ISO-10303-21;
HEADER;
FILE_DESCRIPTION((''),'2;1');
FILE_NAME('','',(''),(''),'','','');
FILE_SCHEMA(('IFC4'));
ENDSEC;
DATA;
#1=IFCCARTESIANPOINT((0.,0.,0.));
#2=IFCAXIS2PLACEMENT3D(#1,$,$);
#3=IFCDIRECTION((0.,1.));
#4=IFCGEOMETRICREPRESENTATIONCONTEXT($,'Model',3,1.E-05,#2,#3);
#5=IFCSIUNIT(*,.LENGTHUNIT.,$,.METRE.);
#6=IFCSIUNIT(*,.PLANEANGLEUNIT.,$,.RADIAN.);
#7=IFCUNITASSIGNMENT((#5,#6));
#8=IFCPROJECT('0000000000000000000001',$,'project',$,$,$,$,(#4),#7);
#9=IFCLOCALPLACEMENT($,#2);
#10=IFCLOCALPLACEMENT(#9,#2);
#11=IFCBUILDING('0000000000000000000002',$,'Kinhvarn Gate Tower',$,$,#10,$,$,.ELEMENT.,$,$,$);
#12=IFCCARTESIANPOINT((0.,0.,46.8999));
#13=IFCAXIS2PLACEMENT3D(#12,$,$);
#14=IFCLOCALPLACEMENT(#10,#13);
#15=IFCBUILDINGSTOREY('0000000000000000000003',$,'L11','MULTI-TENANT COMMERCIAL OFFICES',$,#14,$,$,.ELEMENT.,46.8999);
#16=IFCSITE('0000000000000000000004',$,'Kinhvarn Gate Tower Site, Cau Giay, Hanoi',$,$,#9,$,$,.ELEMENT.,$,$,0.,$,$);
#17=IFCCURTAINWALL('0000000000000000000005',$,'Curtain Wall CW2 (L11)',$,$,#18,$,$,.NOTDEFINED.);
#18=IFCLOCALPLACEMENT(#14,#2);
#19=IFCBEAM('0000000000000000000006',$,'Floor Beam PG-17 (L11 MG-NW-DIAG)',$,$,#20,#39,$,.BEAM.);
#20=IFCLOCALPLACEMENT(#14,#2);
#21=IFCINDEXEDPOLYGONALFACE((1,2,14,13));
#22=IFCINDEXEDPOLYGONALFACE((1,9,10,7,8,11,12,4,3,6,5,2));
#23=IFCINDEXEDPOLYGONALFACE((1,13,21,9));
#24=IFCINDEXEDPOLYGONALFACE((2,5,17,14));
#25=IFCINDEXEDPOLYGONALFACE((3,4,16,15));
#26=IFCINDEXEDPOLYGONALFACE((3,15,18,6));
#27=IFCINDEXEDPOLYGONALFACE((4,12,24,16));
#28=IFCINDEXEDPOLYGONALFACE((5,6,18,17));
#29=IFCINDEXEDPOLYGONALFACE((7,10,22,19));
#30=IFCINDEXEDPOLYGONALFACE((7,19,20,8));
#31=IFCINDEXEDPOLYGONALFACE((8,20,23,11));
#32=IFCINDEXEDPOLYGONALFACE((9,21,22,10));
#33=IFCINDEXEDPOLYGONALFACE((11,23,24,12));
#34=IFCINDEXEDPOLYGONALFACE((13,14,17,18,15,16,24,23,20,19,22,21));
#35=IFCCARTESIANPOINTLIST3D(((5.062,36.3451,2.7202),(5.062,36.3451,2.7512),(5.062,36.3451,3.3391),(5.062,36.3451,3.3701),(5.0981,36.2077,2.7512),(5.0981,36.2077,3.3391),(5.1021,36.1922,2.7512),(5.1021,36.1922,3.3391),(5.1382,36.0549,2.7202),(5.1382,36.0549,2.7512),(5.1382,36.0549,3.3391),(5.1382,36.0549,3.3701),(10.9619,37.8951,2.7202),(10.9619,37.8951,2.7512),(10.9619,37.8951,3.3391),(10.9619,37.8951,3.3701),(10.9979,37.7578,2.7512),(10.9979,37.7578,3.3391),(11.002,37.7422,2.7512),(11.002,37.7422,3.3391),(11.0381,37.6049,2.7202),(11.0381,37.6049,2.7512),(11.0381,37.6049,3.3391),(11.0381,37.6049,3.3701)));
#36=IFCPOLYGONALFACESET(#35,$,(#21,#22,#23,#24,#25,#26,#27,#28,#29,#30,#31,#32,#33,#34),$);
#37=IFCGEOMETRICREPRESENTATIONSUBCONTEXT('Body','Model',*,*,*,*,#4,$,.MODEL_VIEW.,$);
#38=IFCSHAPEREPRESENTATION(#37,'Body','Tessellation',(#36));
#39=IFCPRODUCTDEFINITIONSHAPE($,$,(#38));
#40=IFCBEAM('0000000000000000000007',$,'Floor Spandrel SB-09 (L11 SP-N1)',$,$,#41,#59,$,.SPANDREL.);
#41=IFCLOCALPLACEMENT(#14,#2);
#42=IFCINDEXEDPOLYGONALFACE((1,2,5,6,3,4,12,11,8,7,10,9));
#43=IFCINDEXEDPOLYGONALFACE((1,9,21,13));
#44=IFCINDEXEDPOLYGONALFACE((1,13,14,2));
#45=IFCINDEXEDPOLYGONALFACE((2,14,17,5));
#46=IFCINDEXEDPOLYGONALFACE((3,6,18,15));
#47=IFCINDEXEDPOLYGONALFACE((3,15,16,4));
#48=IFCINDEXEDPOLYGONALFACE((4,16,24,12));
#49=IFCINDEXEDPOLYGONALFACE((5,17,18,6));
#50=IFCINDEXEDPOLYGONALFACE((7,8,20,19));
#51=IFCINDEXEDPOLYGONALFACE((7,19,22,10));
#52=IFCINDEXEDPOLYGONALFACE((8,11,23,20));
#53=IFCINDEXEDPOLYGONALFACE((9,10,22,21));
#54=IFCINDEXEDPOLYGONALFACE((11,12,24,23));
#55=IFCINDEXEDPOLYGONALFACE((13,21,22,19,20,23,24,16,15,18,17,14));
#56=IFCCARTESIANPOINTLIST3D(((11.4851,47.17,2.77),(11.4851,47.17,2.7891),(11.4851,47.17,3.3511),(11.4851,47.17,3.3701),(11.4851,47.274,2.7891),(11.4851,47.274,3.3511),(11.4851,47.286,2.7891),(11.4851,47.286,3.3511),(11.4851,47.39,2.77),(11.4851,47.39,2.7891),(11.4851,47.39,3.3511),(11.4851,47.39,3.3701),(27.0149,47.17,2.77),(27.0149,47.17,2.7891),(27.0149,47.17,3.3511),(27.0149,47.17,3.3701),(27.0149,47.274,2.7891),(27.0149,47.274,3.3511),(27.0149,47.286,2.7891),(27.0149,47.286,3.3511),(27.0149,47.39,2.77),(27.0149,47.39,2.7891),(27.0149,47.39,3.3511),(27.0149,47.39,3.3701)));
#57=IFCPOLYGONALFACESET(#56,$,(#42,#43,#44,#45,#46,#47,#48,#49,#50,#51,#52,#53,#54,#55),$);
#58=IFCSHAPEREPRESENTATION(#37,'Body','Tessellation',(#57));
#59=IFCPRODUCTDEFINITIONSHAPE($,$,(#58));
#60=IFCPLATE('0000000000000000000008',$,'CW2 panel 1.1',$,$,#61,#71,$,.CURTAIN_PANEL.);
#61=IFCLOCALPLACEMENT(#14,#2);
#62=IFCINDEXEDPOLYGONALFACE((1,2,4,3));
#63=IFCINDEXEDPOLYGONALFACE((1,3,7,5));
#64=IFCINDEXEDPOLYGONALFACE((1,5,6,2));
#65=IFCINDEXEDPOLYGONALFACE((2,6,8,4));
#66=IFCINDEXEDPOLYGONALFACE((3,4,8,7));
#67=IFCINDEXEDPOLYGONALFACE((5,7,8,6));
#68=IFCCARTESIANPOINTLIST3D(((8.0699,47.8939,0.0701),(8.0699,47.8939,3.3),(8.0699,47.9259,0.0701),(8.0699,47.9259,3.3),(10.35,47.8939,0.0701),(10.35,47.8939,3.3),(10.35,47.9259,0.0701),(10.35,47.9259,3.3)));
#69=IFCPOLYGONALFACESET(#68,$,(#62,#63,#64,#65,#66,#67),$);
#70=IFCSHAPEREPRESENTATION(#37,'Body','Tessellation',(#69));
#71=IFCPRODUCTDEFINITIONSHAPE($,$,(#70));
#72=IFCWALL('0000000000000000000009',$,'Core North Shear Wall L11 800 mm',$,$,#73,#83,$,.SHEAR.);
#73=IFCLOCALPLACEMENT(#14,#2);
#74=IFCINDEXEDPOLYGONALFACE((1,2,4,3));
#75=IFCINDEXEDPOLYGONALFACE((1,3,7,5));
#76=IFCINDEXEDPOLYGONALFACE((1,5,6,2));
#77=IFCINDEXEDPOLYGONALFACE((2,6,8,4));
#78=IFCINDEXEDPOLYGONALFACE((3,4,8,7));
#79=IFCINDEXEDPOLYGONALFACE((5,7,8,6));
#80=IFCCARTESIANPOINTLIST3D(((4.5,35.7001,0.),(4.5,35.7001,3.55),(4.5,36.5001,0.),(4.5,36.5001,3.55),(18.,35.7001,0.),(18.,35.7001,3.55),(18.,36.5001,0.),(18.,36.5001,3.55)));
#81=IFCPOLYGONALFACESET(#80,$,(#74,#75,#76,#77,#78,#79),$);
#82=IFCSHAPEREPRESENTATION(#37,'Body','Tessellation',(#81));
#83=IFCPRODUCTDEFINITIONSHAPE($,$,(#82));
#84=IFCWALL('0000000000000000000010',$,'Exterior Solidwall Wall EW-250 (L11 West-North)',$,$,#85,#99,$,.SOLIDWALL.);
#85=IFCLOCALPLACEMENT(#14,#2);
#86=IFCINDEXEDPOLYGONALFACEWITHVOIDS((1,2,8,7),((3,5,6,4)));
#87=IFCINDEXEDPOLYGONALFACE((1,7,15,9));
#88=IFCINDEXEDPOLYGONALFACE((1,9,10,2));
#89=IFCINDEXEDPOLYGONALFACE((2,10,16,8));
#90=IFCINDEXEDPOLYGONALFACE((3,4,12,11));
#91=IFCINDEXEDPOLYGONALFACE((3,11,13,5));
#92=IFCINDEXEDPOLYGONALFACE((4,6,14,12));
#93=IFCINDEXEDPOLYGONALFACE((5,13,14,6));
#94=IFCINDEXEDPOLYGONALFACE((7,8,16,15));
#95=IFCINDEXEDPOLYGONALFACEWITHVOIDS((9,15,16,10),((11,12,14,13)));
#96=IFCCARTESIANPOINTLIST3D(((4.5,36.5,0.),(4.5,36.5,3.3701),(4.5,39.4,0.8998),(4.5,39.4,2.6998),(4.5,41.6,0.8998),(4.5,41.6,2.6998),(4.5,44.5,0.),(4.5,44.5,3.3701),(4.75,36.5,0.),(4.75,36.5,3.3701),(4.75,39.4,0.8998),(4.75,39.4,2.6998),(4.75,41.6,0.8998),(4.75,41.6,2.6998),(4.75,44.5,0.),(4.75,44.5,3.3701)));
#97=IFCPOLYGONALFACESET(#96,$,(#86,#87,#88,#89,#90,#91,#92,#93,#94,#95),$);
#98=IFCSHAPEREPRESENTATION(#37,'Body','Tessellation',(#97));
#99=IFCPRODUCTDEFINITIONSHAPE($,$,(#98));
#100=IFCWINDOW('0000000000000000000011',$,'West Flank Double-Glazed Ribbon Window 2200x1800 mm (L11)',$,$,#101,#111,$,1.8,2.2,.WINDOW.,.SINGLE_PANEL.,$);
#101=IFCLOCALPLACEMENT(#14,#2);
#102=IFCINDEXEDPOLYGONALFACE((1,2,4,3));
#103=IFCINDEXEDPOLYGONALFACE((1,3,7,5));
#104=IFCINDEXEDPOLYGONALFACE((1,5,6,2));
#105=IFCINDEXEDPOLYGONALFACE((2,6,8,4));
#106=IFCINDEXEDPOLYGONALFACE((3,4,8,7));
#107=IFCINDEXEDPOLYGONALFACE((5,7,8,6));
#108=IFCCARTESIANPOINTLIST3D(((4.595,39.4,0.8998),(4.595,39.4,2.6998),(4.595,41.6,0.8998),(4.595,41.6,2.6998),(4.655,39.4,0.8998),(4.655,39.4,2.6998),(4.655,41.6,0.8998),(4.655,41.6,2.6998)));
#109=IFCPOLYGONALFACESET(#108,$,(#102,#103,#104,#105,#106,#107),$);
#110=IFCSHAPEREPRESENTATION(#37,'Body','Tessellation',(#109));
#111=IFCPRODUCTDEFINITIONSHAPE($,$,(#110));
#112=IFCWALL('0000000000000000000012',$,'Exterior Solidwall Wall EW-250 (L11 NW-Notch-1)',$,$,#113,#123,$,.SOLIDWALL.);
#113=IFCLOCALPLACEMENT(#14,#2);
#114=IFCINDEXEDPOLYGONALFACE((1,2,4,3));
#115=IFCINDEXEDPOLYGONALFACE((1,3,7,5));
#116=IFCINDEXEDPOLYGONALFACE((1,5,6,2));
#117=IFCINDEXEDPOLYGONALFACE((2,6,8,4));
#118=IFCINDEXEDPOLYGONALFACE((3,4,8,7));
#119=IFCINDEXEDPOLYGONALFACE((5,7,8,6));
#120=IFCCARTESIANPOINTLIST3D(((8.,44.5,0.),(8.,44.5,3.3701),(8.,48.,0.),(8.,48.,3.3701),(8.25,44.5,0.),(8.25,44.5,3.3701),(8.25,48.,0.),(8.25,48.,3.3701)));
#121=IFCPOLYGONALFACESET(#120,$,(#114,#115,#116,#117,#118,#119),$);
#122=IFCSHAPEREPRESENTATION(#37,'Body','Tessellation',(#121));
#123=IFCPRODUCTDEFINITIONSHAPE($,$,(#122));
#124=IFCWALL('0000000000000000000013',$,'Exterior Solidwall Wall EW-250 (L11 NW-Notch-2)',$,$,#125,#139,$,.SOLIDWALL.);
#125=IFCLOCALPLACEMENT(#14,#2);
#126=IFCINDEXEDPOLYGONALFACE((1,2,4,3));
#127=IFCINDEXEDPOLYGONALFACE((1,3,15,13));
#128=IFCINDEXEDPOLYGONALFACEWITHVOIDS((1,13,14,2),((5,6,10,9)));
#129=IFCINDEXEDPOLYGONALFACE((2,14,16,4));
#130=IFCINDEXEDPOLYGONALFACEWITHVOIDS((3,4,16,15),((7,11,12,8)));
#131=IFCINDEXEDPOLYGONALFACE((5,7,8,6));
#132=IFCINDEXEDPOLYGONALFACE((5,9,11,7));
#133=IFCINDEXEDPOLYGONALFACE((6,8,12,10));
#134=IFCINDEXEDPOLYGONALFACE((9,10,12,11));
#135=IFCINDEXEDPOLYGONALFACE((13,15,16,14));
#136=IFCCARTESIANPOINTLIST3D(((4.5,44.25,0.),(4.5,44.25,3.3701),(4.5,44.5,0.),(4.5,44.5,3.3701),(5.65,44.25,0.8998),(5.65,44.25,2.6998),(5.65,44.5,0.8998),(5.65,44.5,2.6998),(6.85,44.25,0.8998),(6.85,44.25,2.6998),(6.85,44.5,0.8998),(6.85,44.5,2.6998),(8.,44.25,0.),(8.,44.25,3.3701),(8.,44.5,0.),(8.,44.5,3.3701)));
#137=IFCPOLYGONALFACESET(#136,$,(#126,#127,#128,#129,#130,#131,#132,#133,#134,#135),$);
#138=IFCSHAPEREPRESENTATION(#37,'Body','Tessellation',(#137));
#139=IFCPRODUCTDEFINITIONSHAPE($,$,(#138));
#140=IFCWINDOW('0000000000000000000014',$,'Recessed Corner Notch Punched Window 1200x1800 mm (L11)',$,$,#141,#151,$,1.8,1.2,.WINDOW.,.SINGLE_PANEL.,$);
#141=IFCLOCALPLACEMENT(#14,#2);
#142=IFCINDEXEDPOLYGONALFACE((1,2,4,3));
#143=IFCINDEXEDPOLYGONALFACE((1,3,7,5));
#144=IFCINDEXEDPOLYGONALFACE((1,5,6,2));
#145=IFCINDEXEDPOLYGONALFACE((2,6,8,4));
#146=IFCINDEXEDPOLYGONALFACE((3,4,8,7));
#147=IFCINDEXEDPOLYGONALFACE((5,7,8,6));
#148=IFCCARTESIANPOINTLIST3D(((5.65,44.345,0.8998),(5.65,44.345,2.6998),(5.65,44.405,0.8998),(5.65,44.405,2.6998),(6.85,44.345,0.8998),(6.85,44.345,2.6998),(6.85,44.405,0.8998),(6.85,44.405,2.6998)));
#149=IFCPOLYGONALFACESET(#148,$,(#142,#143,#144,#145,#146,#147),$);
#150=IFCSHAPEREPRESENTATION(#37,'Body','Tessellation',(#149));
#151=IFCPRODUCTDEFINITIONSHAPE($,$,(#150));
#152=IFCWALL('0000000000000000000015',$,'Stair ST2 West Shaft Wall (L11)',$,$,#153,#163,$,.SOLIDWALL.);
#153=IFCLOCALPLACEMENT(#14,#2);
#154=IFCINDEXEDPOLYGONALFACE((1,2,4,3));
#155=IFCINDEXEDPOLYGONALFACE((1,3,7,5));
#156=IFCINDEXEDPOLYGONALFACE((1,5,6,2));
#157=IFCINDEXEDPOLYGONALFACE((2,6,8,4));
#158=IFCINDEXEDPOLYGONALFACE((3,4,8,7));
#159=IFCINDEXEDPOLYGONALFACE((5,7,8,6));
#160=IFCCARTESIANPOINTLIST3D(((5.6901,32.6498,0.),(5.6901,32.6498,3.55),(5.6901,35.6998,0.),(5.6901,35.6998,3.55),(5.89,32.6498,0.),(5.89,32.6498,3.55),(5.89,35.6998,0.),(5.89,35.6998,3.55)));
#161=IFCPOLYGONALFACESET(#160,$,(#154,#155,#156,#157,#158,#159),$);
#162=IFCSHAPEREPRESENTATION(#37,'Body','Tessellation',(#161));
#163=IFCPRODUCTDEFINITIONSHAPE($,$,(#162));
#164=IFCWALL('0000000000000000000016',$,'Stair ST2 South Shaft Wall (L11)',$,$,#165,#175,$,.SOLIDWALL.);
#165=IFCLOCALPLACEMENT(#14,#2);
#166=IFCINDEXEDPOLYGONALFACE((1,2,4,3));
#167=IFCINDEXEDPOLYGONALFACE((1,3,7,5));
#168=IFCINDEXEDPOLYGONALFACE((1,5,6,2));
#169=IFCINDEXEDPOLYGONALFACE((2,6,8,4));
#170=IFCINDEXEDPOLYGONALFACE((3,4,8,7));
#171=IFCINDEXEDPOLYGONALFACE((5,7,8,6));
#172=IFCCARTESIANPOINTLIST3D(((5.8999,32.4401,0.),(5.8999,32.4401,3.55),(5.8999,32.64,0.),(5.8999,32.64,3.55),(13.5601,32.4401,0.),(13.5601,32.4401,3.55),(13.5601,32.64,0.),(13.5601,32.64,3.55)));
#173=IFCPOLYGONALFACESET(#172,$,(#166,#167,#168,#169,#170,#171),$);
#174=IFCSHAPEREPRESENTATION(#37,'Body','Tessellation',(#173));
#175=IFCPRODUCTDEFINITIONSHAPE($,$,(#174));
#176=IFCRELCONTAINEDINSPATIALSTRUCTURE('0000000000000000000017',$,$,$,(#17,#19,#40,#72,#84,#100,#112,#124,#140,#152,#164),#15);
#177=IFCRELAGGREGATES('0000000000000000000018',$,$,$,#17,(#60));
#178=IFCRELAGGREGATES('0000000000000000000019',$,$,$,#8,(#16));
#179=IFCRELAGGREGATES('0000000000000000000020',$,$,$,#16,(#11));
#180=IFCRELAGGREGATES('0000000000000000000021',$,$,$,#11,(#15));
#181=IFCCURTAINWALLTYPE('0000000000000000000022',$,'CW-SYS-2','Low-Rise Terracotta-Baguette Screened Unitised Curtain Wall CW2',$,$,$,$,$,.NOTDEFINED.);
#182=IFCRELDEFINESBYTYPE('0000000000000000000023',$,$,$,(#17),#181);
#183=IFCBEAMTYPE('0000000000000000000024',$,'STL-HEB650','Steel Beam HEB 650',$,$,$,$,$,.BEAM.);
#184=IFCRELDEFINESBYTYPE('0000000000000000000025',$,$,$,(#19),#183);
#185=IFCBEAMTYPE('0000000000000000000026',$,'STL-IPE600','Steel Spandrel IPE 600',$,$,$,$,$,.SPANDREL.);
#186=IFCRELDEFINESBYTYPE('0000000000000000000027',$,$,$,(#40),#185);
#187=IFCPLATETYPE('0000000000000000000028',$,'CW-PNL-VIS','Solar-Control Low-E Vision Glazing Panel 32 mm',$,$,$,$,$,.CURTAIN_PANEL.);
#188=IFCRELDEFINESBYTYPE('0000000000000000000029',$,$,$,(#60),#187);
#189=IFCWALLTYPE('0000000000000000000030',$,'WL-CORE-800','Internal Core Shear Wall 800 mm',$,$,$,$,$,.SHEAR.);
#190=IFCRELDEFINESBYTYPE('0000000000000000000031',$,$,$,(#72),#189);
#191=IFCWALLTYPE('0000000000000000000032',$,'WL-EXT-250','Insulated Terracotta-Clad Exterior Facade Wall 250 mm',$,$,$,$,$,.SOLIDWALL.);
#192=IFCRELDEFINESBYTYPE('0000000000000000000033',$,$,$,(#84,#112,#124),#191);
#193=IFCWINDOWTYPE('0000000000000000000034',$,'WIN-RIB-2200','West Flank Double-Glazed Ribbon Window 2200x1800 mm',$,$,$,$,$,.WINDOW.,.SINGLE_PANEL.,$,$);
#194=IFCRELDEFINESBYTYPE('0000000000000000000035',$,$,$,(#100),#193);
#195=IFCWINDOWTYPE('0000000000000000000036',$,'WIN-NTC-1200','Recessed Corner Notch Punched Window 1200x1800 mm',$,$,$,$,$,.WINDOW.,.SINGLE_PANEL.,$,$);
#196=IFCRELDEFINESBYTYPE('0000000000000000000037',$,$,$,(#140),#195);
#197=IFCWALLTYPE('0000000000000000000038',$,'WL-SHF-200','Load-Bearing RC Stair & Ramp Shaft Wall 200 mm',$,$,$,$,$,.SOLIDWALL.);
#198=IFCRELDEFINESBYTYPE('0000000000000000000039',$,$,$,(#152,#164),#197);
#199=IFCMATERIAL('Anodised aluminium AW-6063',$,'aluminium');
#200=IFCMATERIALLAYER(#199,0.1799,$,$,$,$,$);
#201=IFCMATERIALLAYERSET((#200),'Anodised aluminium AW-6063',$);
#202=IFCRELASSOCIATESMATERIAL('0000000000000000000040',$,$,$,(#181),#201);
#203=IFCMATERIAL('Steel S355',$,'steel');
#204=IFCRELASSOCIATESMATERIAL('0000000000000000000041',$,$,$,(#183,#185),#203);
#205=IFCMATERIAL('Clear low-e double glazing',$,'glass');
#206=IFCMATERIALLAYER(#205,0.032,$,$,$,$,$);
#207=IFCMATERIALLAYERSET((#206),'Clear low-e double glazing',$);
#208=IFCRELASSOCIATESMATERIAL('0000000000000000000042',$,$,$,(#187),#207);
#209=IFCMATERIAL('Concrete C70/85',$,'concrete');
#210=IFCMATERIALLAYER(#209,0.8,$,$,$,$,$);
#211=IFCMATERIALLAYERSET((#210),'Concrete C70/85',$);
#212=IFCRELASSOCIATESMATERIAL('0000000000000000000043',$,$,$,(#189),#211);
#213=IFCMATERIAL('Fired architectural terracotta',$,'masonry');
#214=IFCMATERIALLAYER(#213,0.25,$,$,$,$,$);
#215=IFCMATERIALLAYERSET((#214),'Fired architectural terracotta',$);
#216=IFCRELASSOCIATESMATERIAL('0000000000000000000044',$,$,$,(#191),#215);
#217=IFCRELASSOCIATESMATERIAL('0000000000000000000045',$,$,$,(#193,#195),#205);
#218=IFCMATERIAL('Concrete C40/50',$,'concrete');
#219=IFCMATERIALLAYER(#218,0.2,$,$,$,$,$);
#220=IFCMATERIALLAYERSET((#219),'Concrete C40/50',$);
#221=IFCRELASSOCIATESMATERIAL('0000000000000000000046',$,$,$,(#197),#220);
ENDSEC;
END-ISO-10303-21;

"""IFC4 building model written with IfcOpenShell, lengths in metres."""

from ifc_helpers import new_model, si_unit, direction, frame, frame_2d, origin, origin_2d, place, context, subcontext, project, spatial, rectangle, i_section, extrude, material, layer, layer_set, material_profile, profile_set, type_object, element, fill, aggregate, save


model = new_model("IFC4")

# Units and contexts
model_context = context("Model", 3, precision=1e-05, world=origin(), true_north=direction((0.0, 1.0)))
body_context = subcontext(model_context, "Body", "Model", "MODEL_VIEW")
ifc_project = project(units=[si_unit("LENGTHUNIT", "METRE"), si_unit("PLANEANGLEUNIT", "RADIAN")], contexts=[model_context])

# Site, building, storey
site_placement = place(None, origin())
site = spatial("IfcSite", under=ifc_project, at=site_placement, Name="Kinhvarn Gate Tower Site, Cau Giay, Hanoi", CompositionType="ELEMENT", RefElevation=0.0)
building_placement = place(site_placement, origin())
building = spatial("IfcBuilding", under=site, at=building_placement, Name="Kinhvarn Gate Tower", CompositionType="ELEMENT")
storey_placement = place(building_placement, frame((0.0, 0.0, 46.8999)))
storey = spatial("IfcBuildingStorey", under=building, at=storey_placement, Name="L11", Description="MULTI-TENANT COMMERCIAL OFFICES", CompositionType="ELEMENT", Elevation=46.8999)

# Shared definitions
ifc_material_1 = material(Name="Concrete C70/85", Category="concrete")

# Shared definitions
ifc_material_2 = material(Name="Anodised aluminium AW-6063", Category="aluminium")
ifc_layer_1 = layer(ifc_material_2, 0.1799)
ifc_layer_set_1 = layer_set([ifc_layer_1], Name="Anodised aluminium AW-6063")
curtain_wall_type = type_object("IfcCurtainWallType", Name="CW-SYS-2", Description="Low-Rise Terracotta-Baguette Screened Unitised Curtain Wall CW2", PredefinedType="NOTDEFINED", material=ifc_layer_set_1)

# Curtain wall
curtain_wall_1_placement = place(storey_placement, origin())
curtain_wall_1 = element("IfcCurtainWall", 1, at=curtain_wall_1_placement, inside=storey, type_object=curtain_wall_type, Name="Curtain Wall CW2 (L11)", PredefinedType="NOTDEFINED")

# Beams
ifc_material_3 = material(Name="Steel S355", Category="steel")
ifc_material_profile_1 = material_profile(ifc_material_3, i_section(OverallWidth=0.3, OverallDepth=0.6499, WebThickness=0.0161, FlangeThickness=0.031, at=origin_2d()), Name="HEB 650")
ifc_profile_set_1 = profile_set([ifc_material_profile_1], Name="Steel S355")
beam_type_1 = type_object("IfcBeamType", Name="STL-HEB650", Description="Steel Beam HEB 650", PredefinedType="BEAM", material=ifc_profile_set_1)
beam_1_placement = place(storey_placement, frame((5.1001, 36.2, 3.0452), z_axis=(0.967178, 0.254101, 0.0), x_axis=(-0.254101, 0.967178, 0.0)))
element("IfcBeam", 2, at=beam_1_placement, inside=storey, type_object=beam_type_1, Name="Floor Beam PG-17 (L11 MG-NW-DIAG)", PredefinedType="BEAM", context=body_context, shape_type="SweptSolid", body=[
    extrude(i_section(OverallWidth=0.3, OverallDepth=0.6499, WebThickness=0.0161, FlangeThickness=0.031, at=origin_2d()), origin(), (0.0, 0.0, 1.0), 6.1001),
])
ifc_material_profile_2 = material_profile(ifc_material_3, i_section(OverallWidth=0.22, OverallDepth=0.6001, WebThickness=0.012, FlangeThickness=0.019, at=origin_2d()), Name="IPE 600")
ifc_profile_set_2 = profile_set([ifc_material_profile_2], Name="Steel S355")
beam_type_2 = type_object("IfcBeamType", Name="STL-IPE600", Description="Steel Spandrel IPE 600", PredefinedType="SPANDREL", material=ifc_profile_set_2)
beam_2_placement = place(storey_placement, frame((11.4851, 47.28, 3.0701), z_axis=(1.0, 0.0, 0.0), x_axis=(0.0, 1.0, 0.0)))
element("IfcBeam", 3, at=beam_2_placement, inside=storey, type_object=beam_type_2, Name="Floor Spandrel SB-09 (L11 SP-N1)", PredefinedType="SPANDREL", context=body_context, shape_type="SweptSolid", body=[
    extrude(i_section(OverallWidth=0.22, OverallDepth=0.6001, WebThickness=0.012, FlangeThickness=0.019, at=origin_2d()), origin(), (0.0, 0.0, 1.0), 15.5298),
])

# Plate
ifc_material_4 = material(Name="Clear low-e double glazing", Category="glass")
ifc_layer_2 = layer(ifc_material_4, 0.032)
ifc_layer_set_2 = layer_set([ifc_layer_2], Name="Clear low-e double glazing")
plate_type = type_object("IfcPlateType", Name="CW-PNL-VIS", Description="Solar-Control Low-E Vision Glazing Panel 32 mm", PredefinedType="CURTAIN_PANEL", material=ifc_layer_set_2)
plate_placement = place(storey_placement, frame((9.21, 47.9099, 0.0701), z_axis=(0.0, 0.0, 1.0), x_axis=(-1.0, 0.0, 0.0)))
plate = element("IfcPlate", 4, at=plate_placement, type_object=plate_type, Name="CW2 panel 1.1", PredefinedType="CURTAIN_PANEL", context=body_context, shape_type="SweptSolid", body=[
    extrude(rectangle(XDim=2.28, YDim=0.032, at=origin_2d()), origin(), (0.0, 0.0, 1.0), 3.23),
])
aggregate(curtain_wall_1, [plate])

# Wall
ifc_layer_3 = layer(ifc_material_1, 0.8)
ifc_layer_set_3 = layer_set([ifc_layer_3], Name="Concrete C70/85")
wall_type_1 = type_object("IfcWallType", Name="WL-CORE-800", Description="Internal Core Shear Wall 800 mm", PredefinedType="SHEAR", material=ifc_layer_set_3)
wall_1_placement = place(storey_placement, frame((4.5, 36.1001, 0.0), z_axis=(0.0, 0.0, 1.0), x_axis=(1.0, 0.0, 0.0)))
element("IfcWall", 5, at=wall_1_placement, inside=storey, type_object=wall_type_1, Name="Core North Shear Wall L11 800 mm", PredefinedType="SHEAR", context=body_context, shape_type="SweptSolid", body=[
    extrude(rectangle(XDim=13.5, YDim=0.8, at=frame_2d((6.75, 0.0))), origin(), (0.0, 0.0, 1.0), 3.55),
])

# Wall, opening, window
ifc_material_5 = material(Name="Fired architectural terracotta", Category="masonry")
ifc_layer_4 = layer(ifc_material_5, 0.25)
ifc_layer_set_4 = layer_set([ifc_layer_4], Name="Fired architectural terracotta")
wall_type_2 = type_object("IfcWallType", Name="WL-EXT-250", Description="Insulated Terracotta-Clad Exterior Facade Wall 250 mm", PredefinedType="SOLIDWALL", material=ifc_layer_set_4)
wall_2_placement = place(storey_placement, frame((4.625, 44.5, 0.0), z_axis=(0.0, 0.0, 1.0), x_axis=(0.0, -1.0, 0.0)))
wall_2 = element("IfcWall", 6, at=wall_2_placement, inside=storey, type_object=wall_type_2, Name="Exterior Solidwall Wall EW-250 (L11 West-North)", PredefinedType="SOLIDWALL", context=body_context, shape_type="SweptSolid", body=[
    extrude(rectangle(XDim=8.0, YDim=0.25, at=frame_2d((4.0, 0.0))), origin(), (0.0, 0.0, 1.0), 3.3701),
])
opening_1_placement = place(wall_2_placement, frame((2.8999, 0.0, 0.8999)))
opening_1 = element("IfcOpeningElement", 7, at=opening_1_placement, cuts=wall_2, PredefinedType="OPENING", context=body_context, shape_type="SweptSolid", body=[
    extrude(rectangle(XDim=2.2, YDim=1.8, at=frame_2d((1.1001, 0.8999))), frame((0.0, 0.135, 0.0), z_axis=(0.0, -1.0, 0.0), x_axis=(1.0, 0.0, 0.0)), (0.0, 0.0, 1.0), 0.27),
])
window_type_1 = type_object("IfcWindowType", Name="WIN-RIB-2200", Description="West Flank Double-Glazed Ribbon Window 2200x1800 mm", PartitioningType="SINGLE_PANEL", PredefinedType="WINDOW", material=ifc_material_4)
window_1_placement = place(opening_1_placement, origin())
window_1 = element("IfcWindow", 8, at=window_1_placement, inside=storey, type_object=window_type_1, Name="West Flank Double-Glazed Ribbon Window 2200x1800 mm (L11)", OverallHeight=1.8, OverallWidth=2.2, PartitioningType="SINGLE_PANEL", PredefinedType="WINDOW", context=body_context, shape_type="SweptSolid", body=[
    extrude(rectangle(XDim=2.2, YDim=1.8, at=frame_2d((1.1001, 0.8999))), frame((0.0, 0.03, 0.0), z_axis=(0.0, -1.0, 0.0), x_axis=(1.0, 0.0, 0.0)), (0.0, 0.0, 1.0), 0.0601),
])
fill(opening_1, window_1)

# Wall
wall_3_placement = place(storey_placement, frame((8.125, 48.0, 0.0), z_axis=(0.0, 0.0, 1.0), x_axis=(0.0, -1.0, 0.0)))
element("IfcWall", 9, at=wall_3_placement, inside=storey, type_object=wall_type_2, Name="Exterior Solidwall Wall EW-250 (L11 NW-Notch-1)", PredefinedType="SOLIDWALL", context=body_context, shape_type="SweptSolid", body=[
    extrude(rectangle(XDim=3.5, YDim=0.25, at=frame_2d((1.75, 0.0))), origin(), (0.0, 0.0, 1.0), 3.3701),
])

# Wall, opening, window
wall_4_placement = place(storey_placement, frame((8.0, 44.375, 0.0), z_axis=(0.0, 0.0, 1.0), x_axis=(-1.0, 0.0, 0.0)))
wall_4 = element("IfcWall", 10, at=wall_4_placement, inside=storey, type_object=wall_type_2, Name="Exterior Solidwall Wall EW-250 (L11 NW-Notch-2)", PredefinedType="SOLIDWALL", context=body_context, shape_type="SweptSolid", body=[
    extrude(rectangle(XDim=3.5, YDim=0.25, at=frame_2d((1.75, 0.0))), origin(), (0.0, 0.0, 1.0), 3.3701),
])
opening_2_placement = place(wall_4_placement, frame((1.1499, 0.0, 0.8999)))
opening_2 = element("IfcOpeningElement", 11, at=opening_2_placement, cuts=wall_4, PredefinedType="OPENING", context=body_context, shape_type="SweptSolid", body=[
    extrude(rectangle(XDim=1.2, YDim=1.8, at=frame_2d((0.6001, 0.8999))), frame((0.0, 0.135, 0.0), z_axis=(0.0, -1.0, 0.0), x_axis=(1.0, 0.0, 0.0)), (0.0, 0.0, 1.0), 0.27),
])
window_type_2 = type_object("IfcWindowType", Name="WIN-NTC-1200", Description="Recessed Corner Notch Punched Window 1200x1800 mm", PartitioningType="SINGLE_PANEL", PredefinedType="WINDOW", material=ifc_material_4)
window_2_placement = place(opening_2_placement, origin())
window_2 = element("IfcWindow", 12, at=window_2_placement, inside=storey, type_object=window_type_2, Name="Recessed Corner Notch Punched Window 1200x1800 mm (L11)", OverallHeight=1.8, OverallWidth=1.2, PartitioningType="SINGLE_PANEL", PredefinedType="WINDOW", context=body_context, shape_type="SweptSolid", body=[
    extrude(rectangle(XDim=1.2, YDim=1.8, at=frame_2d((0.6001, 0.8999))), frame((0.0, 0.03, 0.0), z_axis=(0.0, -1.0, 0.0), x_axis=(1.0, 0.0, 0.0)), (0.0, 0.0, 1.0), 0.0601),
])
fill(opening_2, window_2)

# Walls
ifc_material_6 = material(Name="Concrete C40/50", Category="concrete")
ifc_layer_5 = layer(ifc_material_6, 0.2)
ifc_layer_set_5 = layer_set([ifc_layer_5], Name="Concrete C40/50")
wall_type_3 = type_object("IfcWallType", Name="WL-SHF-200", Description="Load-Bearing RC Stair & Ramp Shaft Wall 200 mm", PredefinedType="SOLIDWALL", material=ifc_layer_set_5)
wall_5_placement = place(storey_placement, frame((5.79, 32.6499, 0.0), z_axis=(0.0, 0.0, 1.0), x_axis=(0.0, 1.0, 0.0)))
element("IfcWall", 13, at=wall_5_placement, inside=storey, type_object=wall_type_3, Name="Stair ST2 West Shaft Wall (L11)", PredefinedType="SOLIDWALL", context=body_context, shape_type="SweptSolid", body=[
    extrude(rectangle(XDim=3.05, YDim=0.2, at=frame_2d((1.5249, 0.0))), origin(), (0.0, 0.0, 1.0), 3.55),
])
wall_6_placement = place(storey_placement, frame((5.8999, 32.54, 0.0), z_axis=(0.0, 0.0, 1.0), x_axis=(1.0, 0.0, 0.0)))
element("IfcWall", 14, at=wall_6_placement, inside=storey, type_object=wall_type_3, Name="Stair ST2 South Shaft Wall (L11)", PredefinedType="SOLIDWALL", context=body_context, shape_type="SweptSolid", body=[
    extrude(rectangle(XDim=7.6602, YDim=0.2, at=frame_2d((3.8301, 0.0))), origin(), (0.0, 0.0, 1.0), 3.55),
])

save(model, "model.ifc")
